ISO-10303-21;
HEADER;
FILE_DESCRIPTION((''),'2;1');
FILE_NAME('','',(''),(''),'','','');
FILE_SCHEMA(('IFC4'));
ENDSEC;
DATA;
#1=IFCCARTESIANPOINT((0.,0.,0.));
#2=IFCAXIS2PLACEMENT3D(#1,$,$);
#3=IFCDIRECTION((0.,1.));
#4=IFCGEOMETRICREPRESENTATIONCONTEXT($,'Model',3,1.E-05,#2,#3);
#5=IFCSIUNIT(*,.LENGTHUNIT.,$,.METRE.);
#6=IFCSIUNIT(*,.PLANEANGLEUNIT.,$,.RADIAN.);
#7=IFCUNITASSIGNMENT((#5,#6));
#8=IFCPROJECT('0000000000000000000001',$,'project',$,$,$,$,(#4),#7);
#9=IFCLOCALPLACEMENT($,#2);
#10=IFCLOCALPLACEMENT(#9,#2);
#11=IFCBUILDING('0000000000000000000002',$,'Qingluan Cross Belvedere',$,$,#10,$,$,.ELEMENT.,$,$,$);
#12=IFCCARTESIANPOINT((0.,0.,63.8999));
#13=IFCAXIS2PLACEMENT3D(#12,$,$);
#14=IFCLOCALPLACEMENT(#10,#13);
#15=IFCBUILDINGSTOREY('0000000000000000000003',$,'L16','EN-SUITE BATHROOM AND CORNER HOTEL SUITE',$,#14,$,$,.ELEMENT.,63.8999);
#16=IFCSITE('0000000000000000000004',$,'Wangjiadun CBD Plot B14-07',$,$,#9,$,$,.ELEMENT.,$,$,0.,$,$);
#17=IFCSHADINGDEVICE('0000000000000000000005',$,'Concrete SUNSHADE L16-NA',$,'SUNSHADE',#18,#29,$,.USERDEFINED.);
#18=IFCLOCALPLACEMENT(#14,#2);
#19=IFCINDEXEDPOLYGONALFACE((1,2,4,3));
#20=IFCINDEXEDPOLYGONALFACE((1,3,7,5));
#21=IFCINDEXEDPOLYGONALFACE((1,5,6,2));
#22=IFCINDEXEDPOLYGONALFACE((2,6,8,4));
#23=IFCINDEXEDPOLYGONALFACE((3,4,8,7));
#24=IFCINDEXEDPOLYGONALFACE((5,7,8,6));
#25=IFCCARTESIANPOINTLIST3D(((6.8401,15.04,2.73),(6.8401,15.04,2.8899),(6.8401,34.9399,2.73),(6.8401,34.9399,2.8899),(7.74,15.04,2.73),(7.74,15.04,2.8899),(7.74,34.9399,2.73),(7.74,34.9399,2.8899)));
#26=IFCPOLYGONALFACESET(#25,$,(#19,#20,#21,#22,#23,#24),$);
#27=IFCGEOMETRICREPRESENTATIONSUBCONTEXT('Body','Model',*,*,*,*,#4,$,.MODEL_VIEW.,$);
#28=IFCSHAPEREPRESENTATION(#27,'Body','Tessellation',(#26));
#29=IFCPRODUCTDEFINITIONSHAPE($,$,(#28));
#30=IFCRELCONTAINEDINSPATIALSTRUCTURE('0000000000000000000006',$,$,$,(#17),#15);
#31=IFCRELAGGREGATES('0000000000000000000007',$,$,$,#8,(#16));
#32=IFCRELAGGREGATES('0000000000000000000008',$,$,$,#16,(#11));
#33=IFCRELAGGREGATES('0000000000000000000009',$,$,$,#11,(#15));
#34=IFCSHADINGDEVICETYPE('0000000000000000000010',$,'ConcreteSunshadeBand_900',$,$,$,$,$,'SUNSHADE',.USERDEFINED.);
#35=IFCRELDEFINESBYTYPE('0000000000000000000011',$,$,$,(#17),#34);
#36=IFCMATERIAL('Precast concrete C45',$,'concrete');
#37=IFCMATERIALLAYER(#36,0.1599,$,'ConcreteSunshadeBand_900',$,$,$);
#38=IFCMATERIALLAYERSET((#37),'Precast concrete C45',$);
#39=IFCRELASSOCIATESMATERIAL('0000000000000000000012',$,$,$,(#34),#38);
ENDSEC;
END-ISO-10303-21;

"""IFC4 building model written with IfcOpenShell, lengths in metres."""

from ifc_helpers import new_model, si_unit, direction, frame, origin, origin_2d, place, context, subcontext, project, spatial, rectangle, extrude, material, layer, layer_set, type_object, element, save


model = new_model("IFC4")

# Units and contexts
model_context = context("Model", 3, precision=1e-05, world=origin(), true_north=direction((0.0, 1.0)))
body_context = subcontext(model_context, "Body", "Model", "MODEL_VIEW")
ifc_project = project(units=[si_unit("LENGTHUNIT", "METRE"), si_unit("PLANEANGLEUNIT", "RADIAN")], contexts=[model_context])

# Site, building, storey
site_placement = place(None, origin())
site = spatial("IfcSite", under=ifc_project, at=site_placement, Name="Wangjiadun CBD Plot B14-07", CompositionType="ELEMENT", RefElevation=0.0)
building_placement = place(site_placement, origin())
building = spatial("IfcBuilding", under=site, at=building_placement, Name="Qingluan Cross Belvedere", CompositionType="ELEMENT")
storey_placement = place(building_placement, frame((0.0, 0.0, 63.8999)))
storey = spatial("IfcBuildingStorey", under=building, at=storey_placement, Name="L16", Description="EN-SUITE BATHROOM AND CORNER HOTEL SUITE", CompositionType="ELEMENT", Elevation=63.8999)

# Shading device
ifc_material_1 = material(Name="Precast concrete C45", Category="concrete")
ifc_layer_1 = layer(ifc_material_1, 0.1599, Name="ConcreteSunshadeBand_900")
ifc_layer_set_1 = layer_set([ifc_layer_1], Name="Precast concrete C45")
shading_device_type = type_object("IfcShadingDeviceType", Name="ConcreteSunshadeBand_900", ElementType="SUNSHADE", PredefinedType="USERDEFINED", material=ifc_layer_set_1)
shading_device_placement = place(storey_placement, frame((7.29, 24.99, 2.73), z_axis=(0.0, 0.0, 1.0), x_axis=(0.0, 1.0, 0.0)))
element("IfcShadingDevice", 1, at=shading_device_placement, inside=storey, type_object=shading_device_type, Name="Concrete SUNSHADE L16-NA", ObjectType="SUNSHADE", PredefinedType="USERDEFINED", context=body_context, shape_type="SweptSolid", body=[
    extrude(rectangle(XDim=19.8999, YDim=0.8999, at=origin_2d()), origin(), (0.0, 0.0, 1.0), 0.1599),
])

save(model, "model.ifc")
